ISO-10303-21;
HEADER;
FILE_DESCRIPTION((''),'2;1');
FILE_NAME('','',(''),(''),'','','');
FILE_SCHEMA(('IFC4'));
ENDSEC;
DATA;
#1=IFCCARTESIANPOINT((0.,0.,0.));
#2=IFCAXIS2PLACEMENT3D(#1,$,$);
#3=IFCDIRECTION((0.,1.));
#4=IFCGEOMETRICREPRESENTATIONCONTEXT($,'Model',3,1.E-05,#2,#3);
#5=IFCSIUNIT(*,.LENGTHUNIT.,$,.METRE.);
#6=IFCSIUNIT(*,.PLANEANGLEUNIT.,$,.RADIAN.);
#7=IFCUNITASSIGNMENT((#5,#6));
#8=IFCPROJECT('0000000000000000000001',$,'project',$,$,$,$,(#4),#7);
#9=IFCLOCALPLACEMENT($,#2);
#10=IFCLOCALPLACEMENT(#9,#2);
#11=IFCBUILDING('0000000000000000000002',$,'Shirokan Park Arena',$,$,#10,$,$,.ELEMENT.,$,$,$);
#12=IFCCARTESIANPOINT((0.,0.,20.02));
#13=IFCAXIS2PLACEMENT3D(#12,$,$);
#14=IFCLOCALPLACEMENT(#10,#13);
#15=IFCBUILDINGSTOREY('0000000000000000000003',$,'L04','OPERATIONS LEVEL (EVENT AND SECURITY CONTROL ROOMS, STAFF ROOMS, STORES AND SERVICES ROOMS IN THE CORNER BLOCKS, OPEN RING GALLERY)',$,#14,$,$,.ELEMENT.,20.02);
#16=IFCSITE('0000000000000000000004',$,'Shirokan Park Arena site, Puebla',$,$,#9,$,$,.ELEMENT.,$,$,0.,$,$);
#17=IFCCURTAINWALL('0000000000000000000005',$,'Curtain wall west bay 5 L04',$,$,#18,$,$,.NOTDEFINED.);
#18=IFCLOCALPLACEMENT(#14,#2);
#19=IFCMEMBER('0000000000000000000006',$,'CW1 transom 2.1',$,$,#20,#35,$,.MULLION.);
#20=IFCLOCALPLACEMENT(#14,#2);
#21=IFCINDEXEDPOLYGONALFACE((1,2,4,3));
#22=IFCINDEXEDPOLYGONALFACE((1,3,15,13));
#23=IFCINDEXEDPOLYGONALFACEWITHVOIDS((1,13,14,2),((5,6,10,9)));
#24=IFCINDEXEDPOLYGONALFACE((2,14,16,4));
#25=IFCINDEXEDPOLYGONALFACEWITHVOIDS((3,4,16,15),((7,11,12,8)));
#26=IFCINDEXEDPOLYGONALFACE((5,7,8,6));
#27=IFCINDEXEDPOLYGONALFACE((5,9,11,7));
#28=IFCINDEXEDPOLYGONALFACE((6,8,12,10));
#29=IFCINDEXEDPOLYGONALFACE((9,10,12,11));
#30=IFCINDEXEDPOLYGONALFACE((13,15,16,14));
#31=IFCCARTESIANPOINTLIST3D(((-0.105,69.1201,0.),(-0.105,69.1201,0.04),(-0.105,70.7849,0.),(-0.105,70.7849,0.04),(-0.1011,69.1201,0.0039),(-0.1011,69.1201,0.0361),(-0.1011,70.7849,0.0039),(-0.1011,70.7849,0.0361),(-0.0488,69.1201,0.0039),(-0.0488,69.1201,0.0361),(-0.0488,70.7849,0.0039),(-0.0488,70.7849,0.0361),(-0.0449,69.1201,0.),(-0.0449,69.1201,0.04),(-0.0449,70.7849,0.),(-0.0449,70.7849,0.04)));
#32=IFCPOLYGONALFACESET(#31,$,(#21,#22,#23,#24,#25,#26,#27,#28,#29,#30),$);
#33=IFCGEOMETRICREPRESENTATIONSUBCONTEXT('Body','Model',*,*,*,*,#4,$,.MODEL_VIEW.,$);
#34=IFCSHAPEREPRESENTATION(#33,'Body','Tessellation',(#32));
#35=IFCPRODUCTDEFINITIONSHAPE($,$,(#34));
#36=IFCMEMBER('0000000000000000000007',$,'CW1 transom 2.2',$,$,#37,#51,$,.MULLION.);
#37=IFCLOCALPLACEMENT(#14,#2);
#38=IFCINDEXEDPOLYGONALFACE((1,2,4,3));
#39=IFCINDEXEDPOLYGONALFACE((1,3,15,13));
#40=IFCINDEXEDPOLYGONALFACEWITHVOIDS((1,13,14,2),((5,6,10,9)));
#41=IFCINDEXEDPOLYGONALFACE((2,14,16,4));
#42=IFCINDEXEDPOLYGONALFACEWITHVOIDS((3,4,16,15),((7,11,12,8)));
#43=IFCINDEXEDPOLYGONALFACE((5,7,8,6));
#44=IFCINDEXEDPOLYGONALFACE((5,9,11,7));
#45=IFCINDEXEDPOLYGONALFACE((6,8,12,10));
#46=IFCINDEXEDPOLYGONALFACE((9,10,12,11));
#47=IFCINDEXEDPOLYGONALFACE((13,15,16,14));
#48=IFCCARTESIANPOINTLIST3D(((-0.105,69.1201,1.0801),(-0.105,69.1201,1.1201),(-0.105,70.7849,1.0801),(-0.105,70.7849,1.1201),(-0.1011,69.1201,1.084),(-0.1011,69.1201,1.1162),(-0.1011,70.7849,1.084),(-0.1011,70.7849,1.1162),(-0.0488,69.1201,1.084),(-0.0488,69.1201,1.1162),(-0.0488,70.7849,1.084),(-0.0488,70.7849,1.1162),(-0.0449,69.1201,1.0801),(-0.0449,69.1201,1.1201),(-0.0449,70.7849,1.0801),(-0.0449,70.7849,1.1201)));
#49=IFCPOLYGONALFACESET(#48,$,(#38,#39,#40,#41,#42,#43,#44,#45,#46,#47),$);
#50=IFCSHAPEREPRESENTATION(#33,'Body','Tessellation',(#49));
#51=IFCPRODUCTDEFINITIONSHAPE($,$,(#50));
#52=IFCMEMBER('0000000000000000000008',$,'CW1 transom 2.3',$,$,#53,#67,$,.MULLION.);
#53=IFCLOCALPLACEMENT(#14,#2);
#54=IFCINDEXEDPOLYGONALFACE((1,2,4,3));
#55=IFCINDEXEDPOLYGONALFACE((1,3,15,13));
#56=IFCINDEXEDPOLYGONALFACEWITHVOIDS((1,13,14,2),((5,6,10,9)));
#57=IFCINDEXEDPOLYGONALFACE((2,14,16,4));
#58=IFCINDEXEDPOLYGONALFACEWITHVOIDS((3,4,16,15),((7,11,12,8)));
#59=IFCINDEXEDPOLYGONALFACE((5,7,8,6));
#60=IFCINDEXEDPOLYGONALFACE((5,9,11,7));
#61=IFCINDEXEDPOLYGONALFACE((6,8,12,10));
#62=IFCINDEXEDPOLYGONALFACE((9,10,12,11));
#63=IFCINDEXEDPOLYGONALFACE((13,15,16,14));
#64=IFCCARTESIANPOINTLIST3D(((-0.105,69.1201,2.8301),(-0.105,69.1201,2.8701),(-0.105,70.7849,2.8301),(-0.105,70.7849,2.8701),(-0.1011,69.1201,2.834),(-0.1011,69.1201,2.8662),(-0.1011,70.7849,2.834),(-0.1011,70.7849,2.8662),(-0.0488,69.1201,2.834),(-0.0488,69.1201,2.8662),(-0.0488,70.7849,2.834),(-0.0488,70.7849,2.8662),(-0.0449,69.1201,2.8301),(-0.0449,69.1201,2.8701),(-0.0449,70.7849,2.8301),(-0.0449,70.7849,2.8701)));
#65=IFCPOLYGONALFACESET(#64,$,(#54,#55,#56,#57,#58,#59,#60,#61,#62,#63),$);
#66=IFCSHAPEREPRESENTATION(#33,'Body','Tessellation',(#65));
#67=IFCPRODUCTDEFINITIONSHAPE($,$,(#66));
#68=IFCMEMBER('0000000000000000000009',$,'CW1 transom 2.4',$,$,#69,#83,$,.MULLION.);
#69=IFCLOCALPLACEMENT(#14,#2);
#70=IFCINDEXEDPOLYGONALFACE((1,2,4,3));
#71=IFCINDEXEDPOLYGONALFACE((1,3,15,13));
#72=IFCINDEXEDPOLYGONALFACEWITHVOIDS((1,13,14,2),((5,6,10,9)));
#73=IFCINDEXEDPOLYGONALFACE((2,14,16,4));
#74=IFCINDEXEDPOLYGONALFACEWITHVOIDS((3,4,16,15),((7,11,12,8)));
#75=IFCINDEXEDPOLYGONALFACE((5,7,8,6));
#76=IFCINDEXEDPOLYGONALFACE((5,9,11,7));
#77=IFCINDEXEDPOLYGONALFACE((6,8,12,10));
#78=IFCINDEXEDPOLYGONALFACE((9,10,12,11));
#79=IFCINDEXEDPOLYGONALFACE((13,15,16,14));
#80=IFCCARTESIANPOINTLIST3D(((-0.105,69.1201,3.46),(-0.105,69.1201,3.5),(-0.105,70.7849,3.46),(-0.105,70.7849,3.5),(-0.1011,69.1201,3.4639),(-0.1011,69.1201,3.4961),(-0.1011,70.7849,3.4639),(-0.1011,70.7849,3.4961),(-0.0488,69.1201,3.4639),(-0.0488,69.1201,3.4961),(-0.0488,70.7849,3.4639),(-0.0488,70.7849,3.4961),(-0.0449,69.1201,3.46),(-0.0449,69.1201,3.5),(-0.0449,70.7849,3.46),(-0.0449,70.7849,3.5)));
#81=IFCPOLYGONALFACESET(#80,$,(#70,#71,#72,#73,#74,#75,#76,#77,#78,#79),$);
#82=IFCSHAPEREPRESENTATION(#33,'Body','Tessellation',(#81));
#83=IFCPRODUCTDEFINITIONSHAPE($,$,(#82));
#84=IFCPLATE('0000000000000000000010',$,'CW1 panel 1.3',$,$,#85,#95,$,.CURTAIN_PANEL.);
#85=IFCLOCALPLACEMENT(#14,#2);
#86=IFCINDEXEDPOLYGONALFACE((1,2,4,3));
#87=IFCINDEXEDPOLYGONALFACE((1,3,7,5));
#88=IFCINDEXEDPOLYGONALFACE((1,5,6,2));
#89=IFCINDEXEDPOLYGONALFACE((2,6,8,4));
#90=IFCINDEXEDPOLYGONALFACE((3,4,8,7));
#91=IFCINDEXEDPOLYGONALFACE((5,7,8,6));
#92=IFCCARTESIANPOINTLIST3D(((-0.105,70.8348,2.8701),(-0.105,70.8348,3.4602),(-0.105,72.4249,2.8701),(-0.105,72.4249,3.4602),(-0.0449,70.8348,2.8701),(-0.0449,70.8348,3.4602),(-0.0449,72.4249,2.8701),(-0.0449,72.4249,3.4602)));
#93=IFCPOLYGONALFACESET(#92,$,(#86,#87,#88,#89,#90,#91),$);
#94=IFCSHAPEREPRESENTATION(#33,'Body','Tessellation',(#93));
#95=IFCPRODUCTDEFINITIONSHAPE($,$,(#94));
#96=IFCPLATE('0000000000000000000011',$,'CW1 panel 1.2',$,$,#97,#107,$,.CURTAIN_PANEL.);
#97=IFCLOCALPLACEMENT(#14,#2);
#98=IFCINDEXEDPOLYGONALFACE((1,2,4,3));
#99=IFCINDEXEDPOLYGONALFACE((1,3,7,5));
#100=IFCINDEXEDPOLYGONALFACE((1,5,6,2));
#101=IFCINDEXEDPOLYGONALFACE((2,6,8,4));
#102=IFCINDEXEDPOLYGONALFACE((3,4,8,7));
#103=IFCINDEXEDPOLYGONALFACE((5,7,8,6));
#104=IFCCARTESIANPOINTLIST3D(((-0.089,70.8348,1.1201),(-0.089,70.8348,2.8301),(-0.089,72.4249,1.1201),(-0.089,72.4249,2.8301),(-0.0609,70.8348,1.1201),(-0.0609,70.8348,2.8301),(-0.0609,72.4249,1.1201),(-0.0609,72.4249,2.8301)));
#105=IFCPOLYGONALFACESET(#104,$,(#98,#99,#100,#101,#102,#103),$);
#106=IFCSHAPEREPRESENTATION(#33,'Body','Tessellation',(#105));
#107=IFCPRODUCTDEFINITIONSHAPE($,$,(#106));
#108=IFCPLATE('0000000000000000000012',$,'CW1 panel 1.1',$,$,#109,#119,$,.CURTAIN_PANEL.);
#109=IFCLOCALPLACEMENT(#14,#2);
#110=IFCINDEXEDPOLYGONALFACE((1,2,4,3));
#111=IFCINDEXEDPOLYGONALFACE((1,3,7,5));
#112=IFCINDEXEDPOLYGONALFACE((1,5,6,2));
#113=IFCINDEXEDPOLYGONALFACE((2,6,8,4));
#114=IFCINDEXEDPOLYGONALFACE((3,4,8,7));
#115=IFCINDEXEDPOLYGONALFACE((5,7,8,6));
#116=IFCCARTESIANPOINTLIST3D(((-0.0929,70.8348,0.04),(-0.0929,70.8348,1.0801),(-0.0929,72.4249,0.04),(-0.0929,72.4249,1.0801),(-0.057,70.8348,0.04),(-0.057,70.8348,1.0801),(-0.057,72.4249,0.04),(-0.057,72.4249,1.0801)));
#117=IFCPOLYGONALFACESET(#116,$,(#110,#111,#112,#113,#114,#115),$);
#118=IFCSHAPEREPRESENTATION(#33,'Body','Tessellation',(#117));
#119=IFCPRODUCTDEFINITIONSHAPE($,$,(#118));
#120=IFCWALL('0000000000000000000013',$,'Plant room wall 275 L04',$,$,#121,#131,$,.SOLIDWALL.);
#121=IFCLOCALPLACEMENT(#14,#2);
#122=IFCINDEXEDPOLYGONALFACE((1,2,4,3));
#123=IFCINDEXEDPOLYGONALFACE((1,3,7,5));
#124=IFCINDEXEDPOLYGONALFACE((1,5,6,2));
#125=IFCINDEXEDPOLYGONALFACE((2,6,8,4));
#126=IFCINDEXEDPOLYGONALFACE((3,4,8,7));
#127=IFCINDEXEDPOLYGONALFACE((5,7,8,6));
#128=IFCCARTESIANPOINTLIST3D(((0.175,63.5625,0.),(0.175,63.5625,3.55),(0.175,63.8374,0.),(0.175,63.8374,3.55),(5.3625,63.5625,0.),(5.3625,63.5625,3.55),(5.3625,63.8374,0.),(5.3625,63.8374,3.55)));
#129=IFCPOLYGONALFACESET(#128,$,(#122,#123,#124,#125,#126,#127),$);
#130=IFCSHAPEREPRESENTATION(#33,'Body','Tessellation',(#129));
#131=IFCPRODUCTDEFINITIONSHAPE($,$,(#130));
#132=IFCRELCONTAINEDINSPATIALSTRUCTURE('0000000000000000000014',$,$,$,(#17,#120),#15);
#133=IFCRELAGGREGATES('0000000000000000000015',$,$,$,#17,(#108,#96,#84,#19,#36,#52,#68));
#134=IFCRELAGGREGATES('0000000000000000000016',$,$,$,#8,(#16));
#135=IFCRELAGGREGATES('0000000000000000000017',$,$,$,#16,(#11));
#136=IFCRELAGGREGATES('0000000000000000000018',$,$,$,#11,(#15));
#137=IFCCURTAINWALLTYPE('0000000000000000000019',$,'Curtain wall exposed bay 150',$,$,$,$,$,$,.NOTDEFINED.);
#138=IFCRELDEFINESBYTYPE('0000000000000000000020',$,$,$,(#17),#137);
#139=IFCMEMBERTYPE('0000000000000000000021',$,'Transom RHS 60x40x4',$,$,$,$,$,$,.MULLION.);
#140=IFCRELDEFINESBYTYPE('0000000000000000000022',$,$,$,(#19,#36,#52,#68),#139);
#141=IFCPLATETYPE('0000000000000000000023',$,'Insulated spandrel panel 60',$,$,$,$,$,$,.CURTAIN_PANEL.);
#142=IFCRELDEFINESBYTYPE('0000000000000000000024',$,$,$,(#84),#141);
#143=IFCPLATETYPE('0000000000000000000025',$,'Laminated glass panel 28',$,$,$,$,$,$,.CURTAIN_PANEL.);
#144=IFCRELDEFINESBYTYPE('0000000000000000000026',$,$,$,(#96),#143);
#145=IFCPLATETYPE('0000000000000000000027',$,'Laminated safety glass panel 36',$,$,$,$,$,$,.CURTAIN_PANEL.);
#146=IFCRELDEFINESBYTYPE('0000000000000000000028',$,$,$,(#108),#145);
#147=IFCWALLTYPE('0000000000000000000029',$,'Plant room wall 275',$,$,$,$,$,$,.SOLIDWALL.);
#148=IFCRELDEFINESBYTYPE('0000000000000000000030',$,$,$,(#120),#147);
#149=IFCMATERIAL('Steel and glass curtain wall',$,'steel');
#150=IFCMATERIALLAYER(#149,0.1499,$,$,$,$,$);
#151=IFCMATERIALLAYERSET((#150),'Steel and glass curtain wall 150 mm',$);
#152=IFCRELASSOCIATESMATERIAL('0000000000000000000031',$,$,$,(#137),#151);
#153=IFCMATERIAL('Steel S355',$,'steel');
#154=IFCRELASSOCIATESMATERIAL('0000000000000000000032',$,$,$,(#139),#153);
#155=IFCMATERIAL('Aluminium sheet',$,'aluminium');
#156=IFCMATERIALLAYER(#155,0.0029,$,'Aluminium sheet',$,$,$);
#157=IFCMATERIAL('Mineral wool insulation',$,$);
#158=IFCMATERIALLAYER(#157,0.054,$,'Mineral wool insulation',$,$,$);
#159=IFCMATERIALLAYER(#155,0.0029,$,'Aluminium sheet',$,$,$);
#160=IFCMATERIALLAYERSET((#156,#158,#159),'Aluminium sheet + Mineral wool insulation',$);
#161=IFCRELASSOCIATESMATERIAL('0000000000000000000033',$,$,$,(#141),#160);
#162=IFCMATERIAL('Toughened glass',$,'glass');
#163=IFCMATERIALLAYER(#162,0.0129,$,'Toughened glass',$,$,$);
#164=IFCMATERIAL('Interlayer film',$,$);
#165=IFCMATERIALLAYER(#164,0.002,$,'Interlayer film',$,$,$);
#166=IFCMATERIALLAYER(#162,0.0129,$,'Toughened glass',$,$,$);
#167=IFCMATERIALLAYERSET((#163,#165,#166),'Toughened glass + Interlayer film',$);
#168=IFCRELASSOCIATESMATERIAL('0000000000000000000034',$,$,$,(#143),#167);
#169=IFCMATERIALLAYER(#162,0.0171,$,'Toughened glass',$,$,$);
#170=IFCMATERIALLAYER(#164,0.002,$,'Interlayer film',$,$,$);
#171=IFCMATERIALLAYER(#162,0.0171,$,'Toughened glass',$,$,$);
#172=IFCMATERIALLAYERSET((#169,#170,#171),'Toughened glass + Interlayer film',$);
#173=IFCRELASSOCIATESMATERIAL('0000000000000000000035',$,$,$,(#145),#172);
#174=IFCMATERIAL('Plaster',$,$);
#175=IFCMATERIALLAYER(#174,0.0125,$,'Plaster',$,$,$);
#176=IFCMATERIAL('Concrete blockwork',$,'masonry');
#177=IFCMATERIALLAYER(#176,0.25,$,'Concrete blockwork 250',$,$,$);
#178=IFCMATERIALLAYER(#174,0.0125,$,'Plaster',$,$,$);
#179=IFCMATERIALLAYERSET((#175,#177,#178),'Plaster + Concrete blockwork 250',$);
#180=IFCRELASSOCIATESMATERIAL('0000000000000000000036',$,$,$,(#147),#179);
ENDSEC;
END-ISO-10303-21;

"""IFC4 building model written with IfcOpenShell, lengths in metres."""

from ifc_helpers import new_model, si_unit, direction, frame, frame_2d, origin, origin_2d, place, context, subcontext, project, spatial, rectangle, hollow_rectangle, extrude, material, layer, layer_set, material_profile, profile_set, type_object, element, aggregate, save


model = new_model("IFC4")

# Units and contexts
model_context = context("Model", 3, precision=1e-05, world=origin(), true_north=direction((0.0, 1.0)))
body_context = subcontext(model_context, "Body", "Model", "MODEL_VIEW")
ifc_project = project(units=[si_unit("LENGTHUNIT", "METRE"), si_unit("PLANEANGLEUNIT", "RADIAN")], contexts=[model_context])

# Site, building, storey
site_placement = place(None, origin())
site = spatial("IfcSite", under=ifc_project, at=site_placement, Name="Shirokan Park Arena site, Puebla", CompositionType="ELEMENT", RefElevation=0.0)
building_placement = place(site_placement, origin())
building = spatial("IfcBuilding", under=site, at=building_placement, Name="Shirokan Park Arena", CompositionType="ELEMENT")
storey_placement = place(building_placement, frame((0.0, 0.0, 20.02)))
storey = spatial("IfcBuildingStorey", under=building, at=storey_placement, Name="L04", Description="OPERATIONS LEVEL (EVENT AND SECURITY CONTROL ROOMS, STAFF ROOMS, STORES AND SERVICES ROOMS IN THE CORNER BLOCKS, OPEN RING GALLERY)", CompositionType="ELEMENT", Elevation=20.02)

# Curtain wall
ifc_material_1 = material(Name="Steel and glass curtain wall", Category="steel")
ifc_layer_1 = layer(ifc_material_1, 0.1499)
ifc_layer_set_1 = layer_set([ifc_layer_1], Name="Steel and glass curtain wall 150 mm")
curtain_wall_type = type_object("IfcCurtainWallType", Name="Curtain wall exposed bay 150", PredefinedType="NOTDEFINED", material=ifc_layer_set_1)
curtain_wall_placement = place(storey_placement, origin())
curtain_wall = element("IfcCurtainWall", 1, at=curtain_wall_placement, inside=storey, type_object=curtain_wall_type, Name="Curtain wall west bay 5 L04", PredefinedType="NOTDEFINED")
ifc_material_2 = material(Name="Steel S355", Category="steel")

# Members
ifc_material_profile_1 = material_profile(ifc_material_2, hollow_rectangle(XDim=0.0601, YDim=0.04, WallThickness=0.0039, at=origin_2d()), Name="RHS 60x40x4")
ifc_profile_set_1 = profile_set([ifc_material_profile_1], Name="Steel S355")
member_type_1 = type_object("IfcMemberType", Name="Transom RHS 60x40x4", PredefinedType="MULLION", material=ifc_profile_set_1)
member_1_placement = place(storey_placement, frame((-0.075, 70.7849, 0.02), z_axis=(0.0, -1.0, 0.0), x_axis=(1.0, 0.0, 0.0)))
member_1 = element("IfcMember", 2, at=member_1_placement, type_object=member_type_1, Name="CW1 transom 2.1", PredefinedType="MULLION", context=body_context, shape_type="SweptSolid", body=[
    extrude(hollow_rectangle(XDim=0.0601, YDim=0.04, WallThickness=0.0039, at=origin_2d()), origin(), (0.0, 0.0, 1.0), 1.6648),
])
member_2_placement = place(storey_placement, frame((-0.075, 70.7849, 1.1001), z_axis=(0.0, -1.0, 0.0), x_axis=(1.0, 0.0, 0.0)))
member_2 = element("IfcMember", 3, at=member_2_placement, type_object=member_type_1, Name="CW1 transom 2.2", PredefinedType="MULLION", context=body_context, shape_type="SweptSolid", body=[
    extrude(hollow_rectangle(XDim=0.0601, YDim=0.04, WallThickness=0.0039, at=origin_2d()), origin(), (0.0, 0.0, 1.0), 1.6648),
])
member_3_placement = place(storey_placement, frame((-0.075, 70.7849, 2.8501), z_axis=(0.0, -1.0, 0.0), x_axis=(1.0, 0.0, 0.0)))
member_3 = element("IfcMember", 4, at=member_3_placement, type_object=member_type_1, Name="CW1 transom 2.3", PredefinedType="MULLION", context=body_context, shape_type="SweptSolid", body=[
    extrude(hollow_rectangle(XDim=0.0601, YDim=0.04, WallThickness=0.0039, at=origin_2d()), origin(), (0.0, 0.0, 1.0), 1.6648),
])
member_4_placement = place(storey_placement, frame((-0.075, 70.7849, 3.48), z_axis=(0.0, -1.0, 0.0), x_axis=(1.0, 0.0, 0.0)))
member_4 = element("IfcMember", 5, at=member_4_placement, type_object=member_type_1, Name="CW1 transom 2.4", PredefinedType="MULLION", context=body_context, shape_type="SweptSolid", body=[
    extrude(hollow_rectangle(XDim=0.0601, YDim=0.04, WallThickness=0.0039, at=origin_2d()), origin(), (0.0, 0.0, 1.0), 1.6648),
])

# Plates
ifc_material_3 = material(Name="Aluminium sheet", Category="aluminium")
ifc_layer_2 = layer(ifc_material_3, 0.0029, Name="Aluminium sheet")
ifc_material_4 = material(Name="Mineral wool insulation")
ifc_layer_3 = layer(ifc_material_4, 0.054, Name="Mineral wool insulation")
ifc_layer_4 = layer(ifc_material_3, 0.0029, Name="Aluminium sheet")
ifc_layer_set_2 = layer_set([ifc_layer_2, ifc_layer_3, ifc_layer_4], Name="Aluminium sheet + Mineral wool insulation")
plate_type_1 = type_object("IfcPlateType", Name="Insulated spandrel panel 60", PredefinedType="CURTAIN_PANEL", material=ifc_layer_set_2)
plate_1_placement = place(storey_placement, frame((-0.075, 71.6299, 2.8701), z_axis=(0.0, 0.0, 1.0), x_axis=(0.0, -1.0, 0.0)))
plate_1 = element("IfcPlate", 6, at=plate_1_placement, type_object=plate_type_1, Name="CW1 panel 1.3", PredefinedType="CURTAIN_PANEL", context=body_context, shape_type="SweptSolid", body=[
    extrude(rectangle(XDim=1.5901, YDim=0.0601, at=origin_2d()), origin(), (0.0, 0.0, 1.0), 0.5901),
])
ifc_material_5 = material(Name="Toughened glass", Category="glass")
ifc_layer_5 = layer(ifc_material_5, 0.0129, Name="Toughened glass")
ifc_material_6 = material(Name="Interlayer film")
ifc_layer_6 = layer(ifc_material_6, 0.002, Name="Interlayer film")
ifc_layer_7 = layer(ifc_material_5, 0.0129, Name="Toughened glass")
ifc_layer_set_3 = layer_set([ifc_layer_5, ifc_layer_6, ifc_layer_7], Name="Toughened glass + Interlayer film")
plate_type_2 = type_object("IfcPlateType", Name="Laminated glass panel 28", PredefinedType="CURTAIN_PANEL", material=ifc_layer_set_3)
plate_2_placement = place(storey_placement, frame((-0.075, 71.6299, 1.1201), z_axis=(0.0, 0.0, 1.0), x_axis=(0.0, -1.0, 0.0)))
plate_2 = element("IfcPlate", 7, at=plate_2_placement, type_object=plate_type_2, Name="CW1 panel 1.2", PredefinedType="CURTAIN_PANEL", context=body_context, shape_type="SweptSolid", body=[
    extrude(rectangle(XDim=1.5901, YDim=0.0281, at=origin_2d()), origin(), (0.0, 0.0, 1.0), 1.71),
])
ifc_layer_8 = layer(ifc_material_5, 0.0171, Name="Toughened glass")
ifc_layer_9 = layer(ifc_material_6, 0.002, Name="Interlayer film")
ifc_layer_10 = layer(ifc_material_5, 0.0171, Name="Toughened glass")
ifc_layer_set_4 = layer_set([ifc_layer_8, ifc_layer_9, ifc_layer_10], Name="Toughened glass + Interlayer film")
plate_type_3 = type_object("IfcPlateType", Name="Laminated safety glass panel 36", PredefinedType="CURTAIN_PANEL", material=ifc_layer_set_4)
plate_3_placement = place(storey_placement, frame((-0.075, 71.6299, 0.04), z_axis=(0.0, 0.0, 1.0), x_axis=(0.0, -1.0, 0.0)))
plate_3 = element("IfcPlate", 8, at=plate_3_placement, type_object=plate_type_3, Name="CW1 panel 1.1", PredefinedType="CURTAIN_PANEL", context=body_context, shape_type="SweptSolid", body=[
    extrude(rectangle(XDim=1.5901, YDim=0.0359, at=origin_2d()), origin(), (0.0, 0.0, 1.0), 1.04),
])
aggregate(curtain_wall, [plate_3, plate_2, plate_1, member_1, member_2, member_3, member_4])

# Wall
ifc_material_7 = material(Name="Plaster")
ifc_layer_11 = layer(ifc_material_7, 0.0125, Name="Plaster")
ifc_material_8 = material(Name="Concrete blockwork", Category="masonry")
ifc_layer_12 = layer(ifc_material_8, 0.25, Name="Concrete blockwork 250")
ifc_layer_13 = layer(ifc_material_7, 0.0125, Name="Plaster")
ifc_layer_set_5 = layer_set([ifc_layer_11, ifc_layer_12, ifc_layer_13], Name="Plaster + Concrete blockwork 250")
wall_type = type_object("IfcWallType", Name="Plant room wall 275", PredefinedType="SOLIDWALL", material=ifc_layer_set_5)
wall_placement = place(storey_placement, frame((0.175, 63.7, 0.0), z_axis=(0.0, 0.0, 1.0), x_axis=(1.0, 0.0, 0.0)))
element("IfcWall", 9, at=wall_placement, inside=storey, type_object=wall_type, Name="Plant room wall 275 L04", PredefinedType="SOLIDWALL", context=body_context, shape_type="SweptSolid", body=[
    extrude(rectangle(XDim=5.1875, YDim=0.2749, at=frame_2d((2.5938, 0.0))), origin(), (0.0, 0.0, 1.0), 3.55),
])

save(model, "model.ifc")
